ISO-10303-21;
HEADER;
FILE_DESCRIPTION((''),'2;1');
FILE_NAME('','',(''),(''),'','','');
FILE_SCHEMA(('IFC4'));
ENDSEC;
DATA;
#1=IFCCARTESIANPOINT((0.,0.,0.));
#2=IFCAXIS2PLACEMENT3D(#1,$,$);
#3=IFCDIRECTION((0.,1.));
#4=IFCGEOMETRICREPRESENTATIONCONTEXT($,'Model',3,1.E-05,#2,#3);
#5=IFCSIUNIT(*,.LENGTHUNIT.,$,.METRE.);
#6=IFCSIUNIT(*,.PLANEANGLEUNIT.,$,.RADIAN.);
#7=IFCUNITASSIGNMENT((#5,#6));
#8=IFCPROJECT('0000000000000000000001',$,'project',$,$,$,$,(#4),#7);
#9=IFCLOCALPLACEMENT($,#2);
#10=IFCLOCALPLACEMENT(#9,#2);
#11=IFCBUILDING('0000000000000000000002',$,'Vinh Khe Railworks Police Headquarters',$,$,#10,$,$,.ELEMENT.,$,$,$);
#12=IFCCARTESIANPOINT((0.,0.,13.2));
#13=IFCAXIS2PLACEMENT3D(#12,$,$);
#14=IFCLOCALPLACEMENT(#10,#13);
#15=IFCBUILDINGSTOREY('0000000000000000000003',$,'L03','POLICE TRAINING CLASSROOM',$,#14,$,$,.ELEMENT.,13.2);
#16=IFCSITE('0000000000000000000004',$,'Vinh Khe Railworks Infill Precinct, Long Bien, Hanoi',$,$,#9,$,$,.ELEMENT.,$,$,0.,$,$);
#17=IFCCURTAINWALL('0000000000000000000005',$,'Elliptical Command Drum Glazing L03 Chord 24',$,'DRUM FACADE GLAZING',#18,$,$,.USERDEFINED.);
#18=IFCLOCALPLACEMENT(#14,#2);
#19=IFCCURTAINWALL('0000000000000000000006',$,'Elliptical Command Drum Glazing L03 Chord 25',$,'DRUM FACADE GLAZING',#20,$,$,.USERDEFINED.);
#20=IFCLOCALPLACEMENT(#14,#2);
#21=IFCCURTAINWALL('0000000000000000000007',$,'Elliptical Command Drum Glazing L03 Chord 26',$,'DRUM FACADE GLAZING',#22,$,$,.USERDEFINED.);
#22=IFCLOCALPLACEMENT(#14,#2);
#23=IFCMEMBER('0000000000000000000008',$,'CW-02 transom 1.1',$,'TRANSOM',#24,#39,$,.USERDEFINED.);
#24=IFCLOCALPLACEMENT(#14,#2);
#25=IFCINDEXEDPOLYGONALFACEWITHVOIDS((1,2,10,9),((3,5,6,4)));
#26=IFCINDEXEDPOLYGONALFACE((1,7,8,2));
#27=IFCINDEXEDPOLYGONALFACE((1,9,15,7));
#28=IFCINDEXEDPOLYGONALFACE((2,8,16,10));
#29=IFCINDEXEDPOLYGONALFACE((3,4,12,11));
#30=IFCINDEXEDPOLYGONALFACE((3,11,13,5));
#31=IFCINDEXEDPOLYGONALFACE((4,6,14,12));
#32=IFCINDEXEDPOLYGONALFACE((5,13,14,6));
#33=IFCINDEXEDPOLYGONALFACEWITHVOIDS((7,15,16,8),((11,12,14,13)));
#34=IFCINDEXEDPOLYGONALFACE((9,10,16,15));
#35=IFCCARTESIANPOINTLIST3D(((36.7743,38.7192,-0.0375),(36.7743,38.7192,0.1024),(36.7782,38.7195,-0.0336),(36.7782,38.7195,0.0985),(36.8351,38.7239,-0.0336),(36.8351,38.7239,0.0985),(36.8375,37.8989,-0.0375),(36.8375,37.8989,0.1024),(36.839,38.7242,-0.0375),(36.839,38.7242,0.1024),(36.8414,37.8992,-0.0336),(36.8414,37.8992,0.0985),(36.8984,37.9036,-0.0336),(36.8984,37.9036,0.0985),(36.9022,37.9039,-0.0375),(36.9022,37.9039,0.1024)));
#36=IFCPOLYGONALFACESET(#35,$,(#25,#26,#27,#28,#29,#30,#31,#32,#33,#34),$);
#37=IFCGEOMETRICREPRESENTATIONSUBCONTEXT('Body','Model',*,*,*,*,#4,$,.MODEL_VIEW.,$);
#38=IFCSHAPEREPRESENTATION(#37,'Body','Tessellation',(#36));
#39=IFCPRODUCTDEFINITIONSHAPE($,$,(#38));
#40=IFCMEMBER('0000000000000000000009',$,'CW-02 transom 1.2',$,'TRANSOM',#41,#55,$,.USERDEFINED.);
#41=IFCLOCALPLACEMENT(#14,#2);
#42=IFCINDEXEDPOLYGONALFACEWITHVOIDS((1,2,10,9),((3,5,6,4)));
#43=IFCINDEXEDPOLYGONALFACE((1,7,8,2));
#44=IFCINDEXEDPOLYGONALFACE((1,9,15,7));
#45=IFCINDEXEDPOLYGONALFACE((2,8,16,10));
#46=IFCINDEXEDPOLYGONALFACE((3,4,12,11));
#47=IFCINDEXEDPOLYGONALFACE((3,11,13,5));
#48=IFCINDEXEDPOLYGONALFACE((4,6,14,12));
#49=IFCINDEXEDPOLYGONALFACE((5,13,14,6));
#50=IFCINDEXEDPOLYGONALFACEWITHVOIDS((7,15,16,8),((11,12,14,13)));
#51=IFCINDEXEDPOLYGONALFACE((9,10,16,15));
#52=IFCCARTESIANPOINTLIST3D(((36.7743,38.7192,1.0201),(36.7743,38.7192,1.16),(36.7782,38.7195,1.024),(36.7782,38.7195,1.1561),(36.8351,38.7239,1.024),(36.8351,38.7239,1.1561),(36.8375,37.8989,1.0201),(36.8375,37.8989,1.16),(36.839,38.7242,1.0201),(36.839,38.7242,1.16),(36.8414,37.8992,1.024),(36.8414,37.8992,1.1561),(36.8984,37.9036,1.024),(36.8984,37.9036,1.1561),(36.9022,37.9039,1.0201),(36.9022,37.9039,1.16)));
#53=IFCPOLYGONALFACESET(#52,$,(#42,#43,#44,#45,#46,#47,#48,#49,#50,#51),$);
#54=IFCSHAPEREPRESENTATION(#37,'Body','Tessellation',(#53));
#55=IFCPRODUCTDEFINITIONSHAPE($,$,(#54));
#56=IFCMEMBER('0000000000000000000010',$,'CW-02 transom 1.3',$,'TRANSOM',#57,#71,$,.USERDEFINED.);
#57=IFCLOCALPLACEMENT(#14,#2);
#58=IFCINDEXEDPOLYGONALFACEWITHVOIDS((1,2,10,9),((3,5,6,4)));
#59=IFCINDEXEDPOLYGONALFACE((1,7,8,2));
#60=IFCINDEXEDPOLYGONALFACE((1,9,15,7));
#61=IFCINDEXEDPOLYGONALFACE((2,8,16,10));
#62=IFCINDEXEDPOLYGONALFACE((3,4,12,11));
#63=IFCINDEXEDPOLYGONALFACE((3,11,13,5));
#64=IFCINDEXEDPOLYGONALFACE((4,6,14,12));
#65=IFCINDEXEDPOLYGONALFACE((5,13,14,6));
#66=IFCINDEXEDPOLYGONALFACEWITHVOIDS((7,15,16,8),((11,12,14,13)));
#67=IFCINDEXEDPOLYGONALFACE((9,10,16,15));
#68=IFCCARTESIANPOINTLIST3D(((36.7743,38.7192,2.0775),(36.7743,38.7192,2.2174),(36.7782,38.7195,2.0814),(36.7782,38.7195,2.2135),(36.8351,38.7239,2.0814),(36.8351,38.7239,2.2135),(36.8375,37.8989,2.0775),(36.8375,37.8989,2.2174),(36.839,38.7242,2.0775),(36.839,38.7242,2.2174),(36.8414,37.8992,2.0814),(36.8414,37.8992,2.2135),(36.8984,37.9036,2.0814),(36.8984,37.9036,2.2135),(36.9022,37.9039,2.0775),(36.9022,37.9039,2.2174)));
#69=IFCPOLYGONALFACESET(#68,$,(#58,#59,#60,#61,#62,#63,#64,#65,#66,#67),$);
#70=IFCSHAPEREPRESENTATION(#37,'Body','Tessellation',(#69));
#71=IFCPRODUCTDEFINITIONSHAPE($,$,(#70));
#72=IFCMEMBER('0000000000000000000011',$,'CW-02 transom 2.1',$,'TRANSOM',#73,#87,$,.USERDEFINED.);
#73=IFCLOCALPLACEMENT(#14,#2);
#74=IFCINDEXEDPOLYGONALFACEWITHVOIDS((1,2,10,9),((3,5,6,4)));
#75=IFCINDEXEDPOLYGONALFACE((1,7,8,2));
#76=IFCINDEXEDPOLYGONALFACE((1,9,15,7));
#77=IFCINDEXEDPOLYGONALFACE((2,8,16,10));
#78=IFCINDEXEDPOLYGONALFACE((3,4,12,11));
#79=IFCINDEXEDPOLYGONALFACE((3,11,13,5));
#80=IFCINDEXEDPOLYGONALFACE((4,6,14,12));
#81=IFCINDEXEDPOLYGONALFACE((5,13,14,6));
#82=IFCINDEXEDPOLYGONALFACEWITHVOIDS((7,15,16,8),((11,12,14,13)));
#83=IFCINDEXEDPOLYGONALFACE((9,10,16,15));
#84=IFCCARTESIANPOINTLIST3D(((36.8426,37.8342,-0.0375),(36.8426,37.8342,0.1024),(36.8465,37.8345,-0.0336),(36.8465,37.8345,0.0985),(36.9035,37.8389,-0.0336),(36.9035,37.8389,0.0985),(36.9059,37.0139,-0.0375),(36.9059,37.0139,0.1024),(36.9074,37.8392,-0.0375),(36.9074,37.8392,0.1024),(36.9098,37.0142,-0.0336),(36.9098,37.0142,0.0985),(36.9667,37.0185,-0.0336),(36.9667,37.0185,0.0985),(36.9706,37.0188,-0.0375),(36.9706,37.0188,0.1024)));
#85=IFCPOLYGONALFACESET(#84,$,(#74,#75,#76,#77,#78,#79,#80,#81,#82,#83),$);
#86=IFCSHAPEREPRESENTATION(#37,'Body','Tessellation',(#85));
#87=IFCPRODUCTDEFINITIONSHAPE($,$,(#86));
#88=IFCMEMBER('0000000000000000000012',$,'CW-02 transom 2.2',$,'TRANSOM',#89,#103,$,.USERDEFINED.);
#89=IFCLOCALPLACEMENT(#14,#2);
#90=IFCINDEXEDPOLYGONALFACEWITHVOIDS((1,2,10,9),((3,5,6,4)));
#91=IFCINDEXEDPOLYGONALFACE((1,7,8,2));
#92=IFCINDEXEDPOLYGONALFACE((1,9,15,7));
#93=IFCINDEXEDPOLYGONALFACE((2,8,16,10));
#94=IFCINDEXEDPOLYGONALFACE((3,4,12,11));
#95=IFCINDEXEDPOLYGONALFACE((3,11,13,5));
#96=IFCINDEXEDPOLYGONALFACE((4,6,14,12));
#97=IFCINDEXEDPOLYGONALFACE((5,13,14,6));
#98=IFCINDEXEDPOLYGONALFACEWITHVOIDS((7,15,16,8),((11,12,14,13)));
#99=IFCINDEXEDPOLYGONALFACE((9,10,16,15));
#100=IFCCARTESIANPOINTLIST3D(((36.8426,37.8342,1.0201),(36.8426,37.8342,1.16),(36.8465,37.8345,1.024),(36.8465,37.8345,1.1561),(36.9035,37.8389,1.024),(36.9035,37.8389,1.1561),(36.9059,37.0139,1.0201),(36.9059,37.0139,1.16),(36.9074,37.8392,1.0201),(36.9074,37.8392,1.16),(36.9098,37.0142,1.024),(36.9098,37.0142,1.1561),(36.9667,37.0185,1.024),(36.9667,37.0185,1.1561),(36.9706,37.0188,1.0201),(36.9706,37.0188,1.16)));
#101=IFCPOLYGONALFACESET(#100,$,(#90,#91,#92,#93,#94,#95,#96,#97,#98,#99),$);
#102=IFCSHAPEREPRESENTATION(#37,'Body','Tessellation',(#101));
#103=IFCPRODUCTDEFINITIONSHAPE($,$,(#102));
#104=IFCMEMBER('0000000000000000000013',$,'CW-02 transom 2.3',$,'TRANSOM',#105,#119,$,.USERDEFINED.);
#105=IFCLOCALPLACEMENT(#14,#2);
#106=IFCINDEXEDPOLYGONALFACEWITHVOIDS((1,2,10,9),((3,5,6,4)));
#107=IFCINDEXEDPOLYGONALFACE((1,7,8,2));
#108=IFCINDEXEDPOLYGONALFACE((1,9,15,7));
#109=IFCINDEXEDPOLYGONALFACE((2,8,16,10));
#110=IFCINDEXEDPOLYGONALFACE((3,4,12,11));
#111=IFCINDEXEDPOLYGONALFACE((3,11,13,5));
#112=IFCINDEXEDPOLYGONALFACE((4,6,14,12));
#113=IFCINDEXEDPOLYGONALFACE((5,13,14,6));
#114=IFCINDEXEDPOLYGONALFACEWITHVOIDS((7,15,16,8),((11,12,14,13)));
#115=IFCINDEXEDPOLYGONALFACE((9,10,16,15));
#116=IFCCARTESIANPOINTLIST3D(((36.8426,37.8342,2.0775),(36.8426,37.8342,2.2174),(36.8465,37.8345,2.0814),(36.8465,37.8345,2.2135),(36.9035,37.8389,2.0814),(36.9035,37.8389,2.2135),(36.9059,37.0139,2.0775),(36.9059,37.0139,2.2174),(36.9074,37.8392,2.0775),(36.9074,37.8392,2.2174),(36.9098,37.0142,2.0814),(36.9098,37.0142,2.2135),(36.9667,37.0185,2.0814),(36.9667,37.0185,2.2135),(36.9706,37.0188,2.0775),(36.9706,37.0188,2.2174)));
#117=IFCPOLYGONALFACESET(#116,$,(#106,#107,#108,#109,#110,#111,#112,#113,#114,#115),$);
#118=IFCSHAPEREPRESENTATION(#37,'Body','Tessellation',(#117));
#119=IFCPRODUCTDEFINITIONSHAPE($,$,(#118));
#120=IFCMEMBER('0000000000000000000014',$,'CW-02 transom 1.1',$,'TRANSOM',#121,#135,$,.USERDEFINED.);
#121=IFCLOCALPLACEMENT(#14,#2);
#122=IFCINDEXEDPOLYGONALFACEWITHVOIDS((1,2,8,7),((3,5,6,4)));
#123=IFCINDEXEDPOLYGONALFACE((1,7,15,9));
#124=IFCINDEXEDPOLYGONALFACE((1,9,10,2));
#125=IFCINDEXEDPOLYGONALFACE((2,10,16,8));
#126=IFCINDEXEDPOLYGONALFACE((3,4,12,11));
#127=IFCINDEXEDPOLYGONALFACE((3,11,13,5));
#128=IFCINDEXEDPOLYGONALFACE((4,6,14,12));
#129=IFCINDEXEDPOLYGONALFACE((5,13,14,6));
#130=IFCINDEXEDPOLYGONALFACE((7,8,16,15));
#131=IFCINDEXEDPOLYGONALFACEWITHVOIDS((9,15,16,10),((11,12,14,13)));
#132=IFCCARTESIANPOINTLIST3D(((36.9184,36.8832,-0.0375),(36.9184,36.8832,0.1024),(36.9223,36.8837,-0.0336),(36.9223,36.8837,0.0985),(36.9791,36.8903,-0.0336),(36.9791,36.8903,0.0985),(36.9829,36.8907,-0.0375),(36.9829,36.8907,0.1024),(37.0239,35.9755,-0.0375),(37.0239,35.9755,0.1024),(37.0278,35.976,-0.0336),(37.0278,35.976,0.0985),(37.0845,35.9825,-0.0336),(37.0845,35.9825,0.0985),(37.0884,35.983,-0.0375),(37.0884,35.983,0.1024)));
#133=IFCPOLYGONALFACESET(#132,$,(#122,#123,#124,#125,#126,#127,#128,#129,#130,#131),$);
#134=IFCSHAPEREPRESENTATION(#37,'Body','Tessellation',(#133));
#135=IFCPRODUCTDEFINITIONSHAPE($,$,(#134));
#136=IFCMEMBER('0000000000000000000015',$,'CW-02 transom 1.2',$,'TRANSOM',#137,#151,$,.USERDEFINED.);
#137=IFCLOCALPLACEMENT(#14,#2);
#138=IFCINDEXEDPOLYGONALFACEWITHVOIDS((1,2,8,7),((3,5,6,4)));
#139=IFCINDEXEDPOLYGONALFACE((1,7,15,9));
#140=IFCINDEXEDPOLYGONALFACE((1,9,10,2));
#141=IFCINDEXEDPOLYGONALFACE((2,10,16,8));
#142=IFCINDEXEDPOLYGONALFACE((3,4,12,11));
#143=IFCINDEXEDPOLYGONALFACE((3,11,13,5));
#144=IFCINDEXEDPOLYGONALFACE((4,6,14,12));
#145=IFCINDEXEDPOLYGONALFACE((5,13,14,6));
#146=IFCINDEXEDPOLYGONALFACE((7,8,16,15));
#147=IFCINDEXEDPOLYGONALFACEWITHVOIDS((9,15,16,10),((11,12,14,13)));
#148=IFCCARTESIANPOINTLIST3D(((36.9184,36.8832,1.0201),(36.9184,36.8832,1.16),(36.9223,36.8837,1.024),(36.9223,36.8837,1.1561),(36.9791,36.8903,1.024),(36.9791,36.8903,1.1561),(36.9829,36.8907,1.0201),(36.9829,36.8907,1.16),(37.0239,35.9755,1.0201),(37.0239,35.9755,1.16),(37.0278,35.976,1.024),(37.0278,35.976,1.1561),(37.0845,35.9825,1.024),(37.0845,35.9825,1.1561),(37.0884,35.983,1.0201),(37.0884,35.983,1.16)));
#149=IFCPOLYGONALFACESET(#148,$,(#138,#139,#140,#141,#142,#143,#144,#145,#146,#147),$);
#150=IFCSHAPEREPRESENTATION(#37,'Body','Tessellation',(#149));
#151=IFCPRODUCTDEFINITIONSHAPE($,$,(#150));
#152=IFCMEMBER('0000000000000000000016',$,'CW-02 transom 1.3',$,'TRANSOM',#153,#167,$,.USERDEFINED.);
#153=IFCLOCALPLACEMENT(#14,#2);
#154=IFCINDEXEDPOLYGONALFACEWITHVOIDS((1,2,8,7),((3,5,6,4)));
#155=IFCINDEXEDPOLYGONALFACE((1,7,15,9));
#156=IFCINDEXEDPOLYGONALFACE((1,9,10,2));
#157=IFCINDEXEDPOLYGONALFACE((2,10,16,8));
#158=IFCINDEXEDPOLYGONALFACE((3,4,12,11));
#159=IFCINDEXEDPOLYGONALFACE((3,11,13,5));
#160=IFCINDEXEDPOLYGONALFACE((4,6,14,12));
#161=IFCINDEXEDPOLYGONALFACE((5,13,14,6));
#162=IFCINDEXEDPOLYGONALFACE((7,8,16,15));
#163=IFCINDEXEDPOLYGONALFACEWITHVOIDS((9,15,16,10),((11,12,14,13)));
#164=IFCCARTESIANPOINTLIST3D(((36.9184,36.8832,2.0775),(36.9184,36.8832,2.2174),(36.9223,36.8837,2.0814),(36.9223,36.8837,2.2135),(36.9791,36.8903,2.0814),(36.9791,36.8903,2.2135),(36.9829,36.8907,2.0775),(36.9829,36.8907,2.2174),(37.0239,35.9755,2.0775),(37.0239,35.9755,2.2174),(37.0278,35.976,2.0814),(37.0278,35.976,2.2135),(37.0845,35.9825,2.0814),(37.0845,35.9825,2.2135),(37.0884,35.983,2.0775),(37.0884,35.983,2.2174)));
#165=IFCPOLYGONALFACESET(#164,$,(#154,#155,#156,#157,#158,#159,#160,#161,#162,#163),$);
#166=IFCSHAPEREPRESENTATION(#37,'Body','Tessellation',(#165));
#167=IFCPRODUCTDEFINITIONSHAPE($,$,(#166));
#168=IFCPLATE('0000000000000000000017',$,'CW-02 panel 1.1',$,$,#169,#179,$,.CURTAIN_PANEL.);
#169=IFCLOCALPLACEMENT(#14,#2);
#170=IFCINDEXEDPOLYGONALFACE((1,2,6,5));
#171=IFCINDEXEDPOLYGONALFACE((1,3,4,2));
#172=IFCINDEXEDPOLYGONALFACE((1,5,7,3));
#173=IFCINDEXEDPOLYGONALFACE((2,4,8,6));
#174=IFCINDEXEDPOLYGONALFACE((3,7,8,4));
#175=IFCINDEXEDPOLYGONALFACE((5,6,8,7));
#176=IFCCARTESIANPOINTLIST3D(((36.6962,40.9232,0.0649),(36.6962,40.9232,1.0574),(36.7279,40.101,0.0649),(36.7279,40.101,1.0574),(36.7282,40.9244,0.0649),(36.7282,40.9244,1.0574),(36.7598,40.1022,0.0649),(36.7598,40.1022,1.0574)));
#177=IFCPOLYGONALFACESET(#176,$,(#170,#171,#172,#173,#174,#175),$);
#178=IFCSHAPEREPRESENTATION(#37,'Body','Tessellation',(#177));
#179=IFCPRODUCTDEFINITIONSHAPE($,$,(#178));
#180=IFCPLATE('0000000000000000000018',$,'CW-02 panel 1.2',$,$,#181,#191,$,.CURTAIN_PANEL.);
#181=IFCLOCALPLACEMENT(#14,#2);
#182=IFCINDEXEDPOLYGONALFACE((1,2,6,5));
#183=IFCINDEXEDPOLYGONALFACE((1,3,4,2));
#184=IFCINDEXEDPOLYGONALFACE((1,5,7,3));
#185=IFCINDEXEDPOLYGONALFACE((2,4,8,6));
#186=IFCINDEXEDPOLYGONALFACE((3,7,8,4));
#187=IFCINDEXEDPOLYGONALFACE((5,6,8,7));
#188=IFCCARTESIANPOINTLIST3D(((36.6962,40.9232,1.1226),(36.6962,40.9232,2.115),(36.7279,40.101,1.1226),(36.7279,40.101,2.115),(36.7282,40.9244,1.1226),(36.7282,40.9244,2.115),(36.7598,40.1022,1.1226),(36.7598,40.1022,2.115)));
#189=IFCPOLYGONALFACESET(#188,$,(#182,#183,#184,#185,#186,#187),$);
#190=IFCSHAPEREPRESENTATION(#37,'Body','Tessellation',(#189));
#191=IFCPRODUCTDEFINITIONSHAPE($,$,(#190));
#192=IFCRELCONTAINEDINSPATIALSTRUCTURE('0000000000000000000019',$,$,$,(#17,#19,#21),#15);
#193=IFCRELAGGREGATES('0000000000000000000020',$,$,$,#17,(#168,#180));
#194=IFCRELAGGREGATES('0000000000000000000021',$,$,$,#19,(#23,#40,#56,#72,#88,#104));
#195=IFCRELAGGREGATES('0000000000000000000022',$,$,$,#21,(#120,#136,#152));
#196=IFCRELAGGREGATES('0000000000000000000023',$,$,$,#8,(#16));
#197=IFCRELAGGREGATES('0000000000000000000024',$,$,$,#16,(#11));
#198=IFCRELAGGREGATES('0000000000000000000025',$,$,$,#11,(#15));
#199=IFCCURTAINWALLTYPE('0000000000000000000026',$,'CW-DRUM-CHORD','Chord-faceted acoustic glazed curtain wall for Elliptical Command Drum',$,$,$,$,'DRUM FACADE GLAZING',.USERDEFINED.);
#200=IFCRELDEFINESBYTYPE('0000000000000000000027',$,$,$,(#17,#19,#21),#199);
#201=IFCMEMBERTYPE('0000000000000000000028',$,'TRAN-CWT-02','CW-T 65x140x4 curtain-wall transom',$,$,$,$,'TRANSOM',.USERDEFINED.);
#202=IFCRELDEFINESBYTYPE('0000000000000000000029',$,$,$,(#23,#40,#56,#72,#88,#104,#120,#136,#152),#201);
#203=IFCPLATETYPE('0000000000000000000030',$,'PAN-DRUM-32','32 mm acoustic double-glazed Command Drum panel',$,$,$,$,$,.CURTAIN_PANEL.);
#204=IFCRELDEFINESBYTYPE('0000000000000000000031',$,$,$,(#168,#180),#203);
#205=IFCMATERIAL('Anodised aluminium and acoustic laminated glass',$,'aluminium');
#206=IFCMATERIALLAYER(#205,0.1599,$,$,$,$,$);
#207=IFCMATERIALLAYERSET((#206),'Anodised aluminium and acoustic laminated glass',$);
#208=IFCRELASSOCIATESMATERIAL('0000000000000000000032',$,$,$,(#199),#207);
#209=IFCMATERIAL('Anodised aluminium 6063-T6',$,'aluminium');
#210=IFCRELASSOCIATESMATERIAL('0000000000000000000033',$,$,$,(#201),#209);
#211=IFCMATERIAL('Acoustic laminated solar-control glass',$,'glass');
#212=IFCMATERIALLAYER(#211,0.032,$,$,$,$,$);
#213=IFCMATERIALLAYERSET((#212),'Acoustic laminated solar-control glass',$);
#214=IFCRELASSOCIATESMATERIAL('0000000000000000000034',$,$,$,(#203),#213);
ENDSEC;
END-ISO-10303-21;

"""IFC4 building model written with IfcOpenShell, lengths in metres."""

from ifc_helpers import new_model, si_unit, direction, frame, origin, origin_2d, place, context, subcontext, project, spatial, rectangle, hollow_rectangle, extrude, material, layer, layer_set, material_profile, profile_set, type_object, element, aggregate, save


model = new_model("IFC4")

# Units and contexts
model_context = context("Model", 3, precision=1e-05, world=origin(), true_north=direction((0.0, 1.0)))
body_context = subcontext(model_context, "Body", "Model", "MODEL_VIEW")
ifc_project = project(units=[si_unit("LENGTHUNIT", "METRE"), si_unit("PLANEANGLEUNIT", "RADIAN")], contexts=[model_context])

# Site, building, storey
site_placement = place(None, origin())
site = spatial("IfcSite", under=ifc_project, at=site_placement, Name="Vinh Khe Railworks Infill Precinct, Long Bien, Hanoi", CompositionType="ELEMENT", RefElevation=0.0)
building_placement = place(site_placement, origin())
building = spatial("IfcBuilding", under=site, at=building_placement, Name="Vinh Khe Railworks Police Headquarters", CompositionType="ELEMENT")
storey_placement = place(building_placement, frame((0.0, 0.0, 13.2)))
storey = spatial("IfcBuildingStorey", under=building, at=storey_placement, Name="L03", Description="POLICE TRAINING CLASSROOM", CompositionType="ELEMENT", Elevation=13.2)

# Curtain walls
ifc_material_1 = material(Name="Anodised aluminium and acoustic laminated glass", Category="aluminium")
ifc_layer_1 = layer(ifc_material_1, 0.1599)
ifc_layer_set_1 = layer_set([ifc_layer_1], Name="Anodised aluminium and acoustic laminated glass")
curtain_wall_type = type_object("IfcCurtainWallType", Name="CW-DRUM-CHORD", Description="Chord-faceted acoustic glazed curtain wall for Elliptical Command Drum", ElementType="DRUM FACADE GLAZING", PredefinedType="USERDEFINED", material=ifc_layer_set_1)
curtain_wall_1_placement = place(storey_placement, origin())
curtain_wall_1 = element("IfcCurtainWall", 1, at=curtain_wall_1_placement, inside=storey, type_object=curtain_wall_type, Name="Elliptical Command Drum Glazing L03 Chord 24", ObjectType="DRUM FACADE GLAZING", PredefinedType="USERDEFINED")
ifc_material_2 = material(Name="Anodised aluminium 6063-T6", Category="aluminium")
curtain_wall_2_placement = place(storey_placement, origin())
curtain_wall_2 = element("IfcCurtainWall", 2, at=curtain_wall_2_placement, inside=storey, type_object=curtain_wall_type, Name="Elliptical Command Drum Glazing L03 Chord 25", ObjectType="DRUM FACADE GLAZING", PredefinedType="USERDEFINED")

# Curtain wall
curtain_wall_3_placement = place(storey_placement, origin())
curtain_wall_3 = element("IfcCurtainWall", 3, at=curtain_wall_3_placement, inside=storey, type_object=curtain_wall_type, Name="Elliptical Command Drum Glazing L03 Chord 26", ObjectType="DRUM FACADE GLAZING", PredefinedType="USERDEFINED")

# Members
ifc_material_profile_1 = material_profile(ifc_material_2, hollow_rectangle(XDim=0.0649, YDim=0.1399, WallThickness=0.0039, at=origin_2d()), Name="CW-T 65x140x4")
ifc_profile_set_1 = profile_set([ifc_material_profile_1], Name="Anodised aluminium 6063-T6")
member_type_1 = type_object("IfcMemberType", Name="TRAN-CWT-02", Description="CW-T 65x140x4 curtain-wall transom", ElementType="TRANSOM", PredefinedType="USERDEFINED", material=ifc_profile_set_1)
member_1_placement = place(storey_placement, frame((36.8066, 38.7217, 0.0325), z_axis=(0.076855, -0.997042, 0.0), x_axis=(0.997042, 0.076855, 0.0)))
member_1 = element("IfcMember", 4, at=member_1_placement, type_object=member_type_1, Name="CW-02 transom 1.1", ObjectType="TRANSOM", PredefinedType="USERDEFINED", context=body_context, shape_type="SweptSolid", body=[
    extrude(hollow_rectangle(XDim=0.0649, YDim=0.1399, WallThickness=0.0039, at=origin_2d()), origin(), (0.0, 0.0, 1.0), 0.8228),
])
member_2_placement = place(storey_placement, frame((36.8066, 38.7217, 1.0901), z_axis=(0.076855, -0.997042, 0.0), x_axis=(0.997042, 0.076855, 0.0)))
member_2 = element("IfcMember", 5, at=member_2_placement, type_object=member_type_1, Name="CW-02 transom 1.2", ObjectType="TRANSOM", PredefinedType="USERDEFINED", context=body_context, shape_type="SweptSolid", body=[
    extrude(hollow_rectangle(XDim=0.0649, YDim=0.1399, WallThickness=0.0039, at=origin_2d()), origin(), (0.0, 0.0, 1.0), 0.8228),
])
member_3_placement = place(storey_placement, frame((36.8066, 38.7217, 2.1475), z_axis=(0.076855, -0.997042, 0.0), x_axis=(0.997042, 0.076855, 0.0)))
member_3 = element("IfcMember", 6, at=member_3_placement, type_object=member_type_1, Name="CW-02 transom 1.3", ObjectType="TRANSOM", PredefinedType="USERDEFINED", context=body_context, shape_type="SweptSolid", body=[
    extrude(hollow_rectangle(XDim=0.0649, YDim=0.1399, WallThickness=0.0039, at=origin_2d()), origin(), (0.0, 0.0, 1.0), 0.8228),
])
member_4_placement = place(storey_placement, frame((36.875, 37.8367, 0.0325), z_axis=(0.076855, -0.997042, 0.0), x_axis=(0.997042, 0.076855, 0.0)))
member_4 = element("IfcMember", 7, at=member_4_placement, type_object=member_type_1, Name="CW-02 transom 2.1", ObjectType="TRANSOM", PredefinedType="USERDEFINED", context=body_context, shape_type="SweptSolid", body=[
    extrude(hollow_rectangle(XDim=0.0649, YDim=0.1399, WallThickness=0.0039, at=origin_2d()), origin(), (0.0, 0.0, 1.0), 0.8228),
])
member_5_placement = place(storey_placement, frame((36.875, 37.8367, 1.0901), z_axis=(0.076855, -0.997042, 0.0), x_axis=(0.997042, 0.076855, 0.0)))
member_5 = element("IfcMember", 8, at=member_5_placement, type_object=member_type_1, Name="CW-02 transom 2.2", ObjectType="TRANSOM", PredefinedType="USERDEFINED", context=body_context, shape_type="SweptSolid", body=[
    extrude(hollow_rectangle(XDim=0.0649, YDim=0.1399, WallThickness=0.0039, at=origin_2d()), origin(), (0.0, 0.0, 1.0), 0.8228),
])
member_6_placement = place(storey_placement, frame((36.875, 37.8367, 2.1475), z_axis=(0.076855, -0.997042, 0.0), x_axis=(0.997042, 0.076855, 0.0)))
member_6 = element("IfcMember", 9, at=member_6_placement, type_object=member_type_1, Name="CW-02 transom 2.3", ObjectType="TRANSOM", PredefinedType="USERDEFINED", context=body_context, shape_type="SweptSolid", body=[
    extrude(hollow_rectangle(XDim=0.0649, YDim=0.1399, WallThickness=0.0039, at=origin_2d()), origin(), (0.0, 0.0, 1.0), 0.8228),
])
member_7_placement = place(storey_placement, frame((36.9507, 36.887, 0.0325), z_axis=(0.115415, -0.993317, 0.0), x_axis=(0.993317, 0.115415, 0.0)))
member_7 = element("IfcMember", 10, at=member_7_placement, type_object=member_type_1, Name="CW-02 transom 1.1", ObjectType="TRANSOM", PredefinedType="USERDEFINED", context=body_context, shape_type="SweptSolid", body=[
    extrude(hollow_rectangle(XDim=0.0649, YDim=0.1399, WallThickness=0.0039, at=origin_2d()), origin(), (0.0, 0.0, 1.0), 0.9138),
])
member_8_placement = place(storey_placement, frame((36.9507, 36.887, 1.0901), z_axis=(0.115415, -0.993317, 0.0), x_axis=(0.993317, 0.115415, 0.0)))
member_8 = element("IfcMember", 11, at=member_8_placement, type_object=member_type_1, Name="CW-02 transom 1.2", ObjectType="TRANSOM", PredefinedType="USERDEFINED", context=body_context, shape_type="SweptSolid", body=[
    extrude(hollow_rectangle(XDim=0.0649, YDim=0.1399, WallThickness=0.0039, at=origin_2d()), origin(), (0.0, 0.0, 1.0), 0.9138),
])
member_9_placement = place(storey_placement, frame((36.9507, 36.887, 2.1475), z_axis=(0.115415, -0.993317, 0.0), x_axis=(0.993317, 0.115415, 0.0)))
member_9 = element("IfcMember", 12, at=member_9_placement, type_object=member_type_1, Name="CW-02 transom 1.3", ObjectType="TRANSOM", PredefinedType="USERDEFINED", context=body_context, shape_type="SweptSolid", body=[
    extrude(hollow_rectangle(XDim=0.0649, YDim=0.1399, WallThickness=0.0039, at=origin_2d()), origin(), (0.0, 0.0, 1.0), 0.9138),
])

# Plates
ifc_material_3 = material(Name="Acoustic laminated solar-control glass", Category="glass")
ifc_layer_2 = layer(ifc_material_3, 0.032)
ifc_layer_set_2 = layer_set([ifc_layer_2], Name="Acoustic laminated solar-control glass")
plate_type_1 = type_object("IfcPlateType", Name="PAN-DRUM-32", Description="32 mm acoustic double-glazed Command Drum panel", PredefinedType="CURTAIN_PANEL", material=ifc_layer_set_2)
plate_1_placement = place(storey_placement, frame((36.728, 40.5127, 0.0649), z_axis=(0.0, 0.0, 1.0), x_axis=(0.038513, -0.999258, 0.0)))
plate_1 = element("IfcPlate", 13, at=plate_1_placement, type_object=plate_type_1, Name="CW-02 panel 1.1", PredefinedType="CURTAIN_PANEL", context=body_context, shape_type="SweptSolid", body=[
    extrude(rectangle(XDim=0.8228, YDim=0.032, at=origin_2d()), origin(), (0.0, 0.0, 1.0), 0.9924),
])
plate_2_placement = place(storey_placement, frame((36.728, 40.5127, 1.1226), z_axis=(0.0, 0.0, 1.0), x_axis=(0.038513, -0.999258, 0.0)))
plate_2 = element("IfcPlate", 14, at=plate_2_placement, type_object=plate_type_1, Name="CW-02 panel 1.2", PredefinedType="CURTAIN_PANEL", context=body_context, shape_type="SweptSolid", body=[
    extrude(rectangle(XDim=0.8228, YDim=0.032, at=origin_2d()), origin(), (0.0, 0.0, 1.0), 0.9924),
])
aggregate(curtain_wall_1, [plate_1, plate_2])
aggregate(curtain_wall_2, [member_1, member_2, member_3, member_4, member_5, member_6])
aggregate(curtain_wall_3, [member_7, member_8, member_9])

save(model, "model.ifc")
